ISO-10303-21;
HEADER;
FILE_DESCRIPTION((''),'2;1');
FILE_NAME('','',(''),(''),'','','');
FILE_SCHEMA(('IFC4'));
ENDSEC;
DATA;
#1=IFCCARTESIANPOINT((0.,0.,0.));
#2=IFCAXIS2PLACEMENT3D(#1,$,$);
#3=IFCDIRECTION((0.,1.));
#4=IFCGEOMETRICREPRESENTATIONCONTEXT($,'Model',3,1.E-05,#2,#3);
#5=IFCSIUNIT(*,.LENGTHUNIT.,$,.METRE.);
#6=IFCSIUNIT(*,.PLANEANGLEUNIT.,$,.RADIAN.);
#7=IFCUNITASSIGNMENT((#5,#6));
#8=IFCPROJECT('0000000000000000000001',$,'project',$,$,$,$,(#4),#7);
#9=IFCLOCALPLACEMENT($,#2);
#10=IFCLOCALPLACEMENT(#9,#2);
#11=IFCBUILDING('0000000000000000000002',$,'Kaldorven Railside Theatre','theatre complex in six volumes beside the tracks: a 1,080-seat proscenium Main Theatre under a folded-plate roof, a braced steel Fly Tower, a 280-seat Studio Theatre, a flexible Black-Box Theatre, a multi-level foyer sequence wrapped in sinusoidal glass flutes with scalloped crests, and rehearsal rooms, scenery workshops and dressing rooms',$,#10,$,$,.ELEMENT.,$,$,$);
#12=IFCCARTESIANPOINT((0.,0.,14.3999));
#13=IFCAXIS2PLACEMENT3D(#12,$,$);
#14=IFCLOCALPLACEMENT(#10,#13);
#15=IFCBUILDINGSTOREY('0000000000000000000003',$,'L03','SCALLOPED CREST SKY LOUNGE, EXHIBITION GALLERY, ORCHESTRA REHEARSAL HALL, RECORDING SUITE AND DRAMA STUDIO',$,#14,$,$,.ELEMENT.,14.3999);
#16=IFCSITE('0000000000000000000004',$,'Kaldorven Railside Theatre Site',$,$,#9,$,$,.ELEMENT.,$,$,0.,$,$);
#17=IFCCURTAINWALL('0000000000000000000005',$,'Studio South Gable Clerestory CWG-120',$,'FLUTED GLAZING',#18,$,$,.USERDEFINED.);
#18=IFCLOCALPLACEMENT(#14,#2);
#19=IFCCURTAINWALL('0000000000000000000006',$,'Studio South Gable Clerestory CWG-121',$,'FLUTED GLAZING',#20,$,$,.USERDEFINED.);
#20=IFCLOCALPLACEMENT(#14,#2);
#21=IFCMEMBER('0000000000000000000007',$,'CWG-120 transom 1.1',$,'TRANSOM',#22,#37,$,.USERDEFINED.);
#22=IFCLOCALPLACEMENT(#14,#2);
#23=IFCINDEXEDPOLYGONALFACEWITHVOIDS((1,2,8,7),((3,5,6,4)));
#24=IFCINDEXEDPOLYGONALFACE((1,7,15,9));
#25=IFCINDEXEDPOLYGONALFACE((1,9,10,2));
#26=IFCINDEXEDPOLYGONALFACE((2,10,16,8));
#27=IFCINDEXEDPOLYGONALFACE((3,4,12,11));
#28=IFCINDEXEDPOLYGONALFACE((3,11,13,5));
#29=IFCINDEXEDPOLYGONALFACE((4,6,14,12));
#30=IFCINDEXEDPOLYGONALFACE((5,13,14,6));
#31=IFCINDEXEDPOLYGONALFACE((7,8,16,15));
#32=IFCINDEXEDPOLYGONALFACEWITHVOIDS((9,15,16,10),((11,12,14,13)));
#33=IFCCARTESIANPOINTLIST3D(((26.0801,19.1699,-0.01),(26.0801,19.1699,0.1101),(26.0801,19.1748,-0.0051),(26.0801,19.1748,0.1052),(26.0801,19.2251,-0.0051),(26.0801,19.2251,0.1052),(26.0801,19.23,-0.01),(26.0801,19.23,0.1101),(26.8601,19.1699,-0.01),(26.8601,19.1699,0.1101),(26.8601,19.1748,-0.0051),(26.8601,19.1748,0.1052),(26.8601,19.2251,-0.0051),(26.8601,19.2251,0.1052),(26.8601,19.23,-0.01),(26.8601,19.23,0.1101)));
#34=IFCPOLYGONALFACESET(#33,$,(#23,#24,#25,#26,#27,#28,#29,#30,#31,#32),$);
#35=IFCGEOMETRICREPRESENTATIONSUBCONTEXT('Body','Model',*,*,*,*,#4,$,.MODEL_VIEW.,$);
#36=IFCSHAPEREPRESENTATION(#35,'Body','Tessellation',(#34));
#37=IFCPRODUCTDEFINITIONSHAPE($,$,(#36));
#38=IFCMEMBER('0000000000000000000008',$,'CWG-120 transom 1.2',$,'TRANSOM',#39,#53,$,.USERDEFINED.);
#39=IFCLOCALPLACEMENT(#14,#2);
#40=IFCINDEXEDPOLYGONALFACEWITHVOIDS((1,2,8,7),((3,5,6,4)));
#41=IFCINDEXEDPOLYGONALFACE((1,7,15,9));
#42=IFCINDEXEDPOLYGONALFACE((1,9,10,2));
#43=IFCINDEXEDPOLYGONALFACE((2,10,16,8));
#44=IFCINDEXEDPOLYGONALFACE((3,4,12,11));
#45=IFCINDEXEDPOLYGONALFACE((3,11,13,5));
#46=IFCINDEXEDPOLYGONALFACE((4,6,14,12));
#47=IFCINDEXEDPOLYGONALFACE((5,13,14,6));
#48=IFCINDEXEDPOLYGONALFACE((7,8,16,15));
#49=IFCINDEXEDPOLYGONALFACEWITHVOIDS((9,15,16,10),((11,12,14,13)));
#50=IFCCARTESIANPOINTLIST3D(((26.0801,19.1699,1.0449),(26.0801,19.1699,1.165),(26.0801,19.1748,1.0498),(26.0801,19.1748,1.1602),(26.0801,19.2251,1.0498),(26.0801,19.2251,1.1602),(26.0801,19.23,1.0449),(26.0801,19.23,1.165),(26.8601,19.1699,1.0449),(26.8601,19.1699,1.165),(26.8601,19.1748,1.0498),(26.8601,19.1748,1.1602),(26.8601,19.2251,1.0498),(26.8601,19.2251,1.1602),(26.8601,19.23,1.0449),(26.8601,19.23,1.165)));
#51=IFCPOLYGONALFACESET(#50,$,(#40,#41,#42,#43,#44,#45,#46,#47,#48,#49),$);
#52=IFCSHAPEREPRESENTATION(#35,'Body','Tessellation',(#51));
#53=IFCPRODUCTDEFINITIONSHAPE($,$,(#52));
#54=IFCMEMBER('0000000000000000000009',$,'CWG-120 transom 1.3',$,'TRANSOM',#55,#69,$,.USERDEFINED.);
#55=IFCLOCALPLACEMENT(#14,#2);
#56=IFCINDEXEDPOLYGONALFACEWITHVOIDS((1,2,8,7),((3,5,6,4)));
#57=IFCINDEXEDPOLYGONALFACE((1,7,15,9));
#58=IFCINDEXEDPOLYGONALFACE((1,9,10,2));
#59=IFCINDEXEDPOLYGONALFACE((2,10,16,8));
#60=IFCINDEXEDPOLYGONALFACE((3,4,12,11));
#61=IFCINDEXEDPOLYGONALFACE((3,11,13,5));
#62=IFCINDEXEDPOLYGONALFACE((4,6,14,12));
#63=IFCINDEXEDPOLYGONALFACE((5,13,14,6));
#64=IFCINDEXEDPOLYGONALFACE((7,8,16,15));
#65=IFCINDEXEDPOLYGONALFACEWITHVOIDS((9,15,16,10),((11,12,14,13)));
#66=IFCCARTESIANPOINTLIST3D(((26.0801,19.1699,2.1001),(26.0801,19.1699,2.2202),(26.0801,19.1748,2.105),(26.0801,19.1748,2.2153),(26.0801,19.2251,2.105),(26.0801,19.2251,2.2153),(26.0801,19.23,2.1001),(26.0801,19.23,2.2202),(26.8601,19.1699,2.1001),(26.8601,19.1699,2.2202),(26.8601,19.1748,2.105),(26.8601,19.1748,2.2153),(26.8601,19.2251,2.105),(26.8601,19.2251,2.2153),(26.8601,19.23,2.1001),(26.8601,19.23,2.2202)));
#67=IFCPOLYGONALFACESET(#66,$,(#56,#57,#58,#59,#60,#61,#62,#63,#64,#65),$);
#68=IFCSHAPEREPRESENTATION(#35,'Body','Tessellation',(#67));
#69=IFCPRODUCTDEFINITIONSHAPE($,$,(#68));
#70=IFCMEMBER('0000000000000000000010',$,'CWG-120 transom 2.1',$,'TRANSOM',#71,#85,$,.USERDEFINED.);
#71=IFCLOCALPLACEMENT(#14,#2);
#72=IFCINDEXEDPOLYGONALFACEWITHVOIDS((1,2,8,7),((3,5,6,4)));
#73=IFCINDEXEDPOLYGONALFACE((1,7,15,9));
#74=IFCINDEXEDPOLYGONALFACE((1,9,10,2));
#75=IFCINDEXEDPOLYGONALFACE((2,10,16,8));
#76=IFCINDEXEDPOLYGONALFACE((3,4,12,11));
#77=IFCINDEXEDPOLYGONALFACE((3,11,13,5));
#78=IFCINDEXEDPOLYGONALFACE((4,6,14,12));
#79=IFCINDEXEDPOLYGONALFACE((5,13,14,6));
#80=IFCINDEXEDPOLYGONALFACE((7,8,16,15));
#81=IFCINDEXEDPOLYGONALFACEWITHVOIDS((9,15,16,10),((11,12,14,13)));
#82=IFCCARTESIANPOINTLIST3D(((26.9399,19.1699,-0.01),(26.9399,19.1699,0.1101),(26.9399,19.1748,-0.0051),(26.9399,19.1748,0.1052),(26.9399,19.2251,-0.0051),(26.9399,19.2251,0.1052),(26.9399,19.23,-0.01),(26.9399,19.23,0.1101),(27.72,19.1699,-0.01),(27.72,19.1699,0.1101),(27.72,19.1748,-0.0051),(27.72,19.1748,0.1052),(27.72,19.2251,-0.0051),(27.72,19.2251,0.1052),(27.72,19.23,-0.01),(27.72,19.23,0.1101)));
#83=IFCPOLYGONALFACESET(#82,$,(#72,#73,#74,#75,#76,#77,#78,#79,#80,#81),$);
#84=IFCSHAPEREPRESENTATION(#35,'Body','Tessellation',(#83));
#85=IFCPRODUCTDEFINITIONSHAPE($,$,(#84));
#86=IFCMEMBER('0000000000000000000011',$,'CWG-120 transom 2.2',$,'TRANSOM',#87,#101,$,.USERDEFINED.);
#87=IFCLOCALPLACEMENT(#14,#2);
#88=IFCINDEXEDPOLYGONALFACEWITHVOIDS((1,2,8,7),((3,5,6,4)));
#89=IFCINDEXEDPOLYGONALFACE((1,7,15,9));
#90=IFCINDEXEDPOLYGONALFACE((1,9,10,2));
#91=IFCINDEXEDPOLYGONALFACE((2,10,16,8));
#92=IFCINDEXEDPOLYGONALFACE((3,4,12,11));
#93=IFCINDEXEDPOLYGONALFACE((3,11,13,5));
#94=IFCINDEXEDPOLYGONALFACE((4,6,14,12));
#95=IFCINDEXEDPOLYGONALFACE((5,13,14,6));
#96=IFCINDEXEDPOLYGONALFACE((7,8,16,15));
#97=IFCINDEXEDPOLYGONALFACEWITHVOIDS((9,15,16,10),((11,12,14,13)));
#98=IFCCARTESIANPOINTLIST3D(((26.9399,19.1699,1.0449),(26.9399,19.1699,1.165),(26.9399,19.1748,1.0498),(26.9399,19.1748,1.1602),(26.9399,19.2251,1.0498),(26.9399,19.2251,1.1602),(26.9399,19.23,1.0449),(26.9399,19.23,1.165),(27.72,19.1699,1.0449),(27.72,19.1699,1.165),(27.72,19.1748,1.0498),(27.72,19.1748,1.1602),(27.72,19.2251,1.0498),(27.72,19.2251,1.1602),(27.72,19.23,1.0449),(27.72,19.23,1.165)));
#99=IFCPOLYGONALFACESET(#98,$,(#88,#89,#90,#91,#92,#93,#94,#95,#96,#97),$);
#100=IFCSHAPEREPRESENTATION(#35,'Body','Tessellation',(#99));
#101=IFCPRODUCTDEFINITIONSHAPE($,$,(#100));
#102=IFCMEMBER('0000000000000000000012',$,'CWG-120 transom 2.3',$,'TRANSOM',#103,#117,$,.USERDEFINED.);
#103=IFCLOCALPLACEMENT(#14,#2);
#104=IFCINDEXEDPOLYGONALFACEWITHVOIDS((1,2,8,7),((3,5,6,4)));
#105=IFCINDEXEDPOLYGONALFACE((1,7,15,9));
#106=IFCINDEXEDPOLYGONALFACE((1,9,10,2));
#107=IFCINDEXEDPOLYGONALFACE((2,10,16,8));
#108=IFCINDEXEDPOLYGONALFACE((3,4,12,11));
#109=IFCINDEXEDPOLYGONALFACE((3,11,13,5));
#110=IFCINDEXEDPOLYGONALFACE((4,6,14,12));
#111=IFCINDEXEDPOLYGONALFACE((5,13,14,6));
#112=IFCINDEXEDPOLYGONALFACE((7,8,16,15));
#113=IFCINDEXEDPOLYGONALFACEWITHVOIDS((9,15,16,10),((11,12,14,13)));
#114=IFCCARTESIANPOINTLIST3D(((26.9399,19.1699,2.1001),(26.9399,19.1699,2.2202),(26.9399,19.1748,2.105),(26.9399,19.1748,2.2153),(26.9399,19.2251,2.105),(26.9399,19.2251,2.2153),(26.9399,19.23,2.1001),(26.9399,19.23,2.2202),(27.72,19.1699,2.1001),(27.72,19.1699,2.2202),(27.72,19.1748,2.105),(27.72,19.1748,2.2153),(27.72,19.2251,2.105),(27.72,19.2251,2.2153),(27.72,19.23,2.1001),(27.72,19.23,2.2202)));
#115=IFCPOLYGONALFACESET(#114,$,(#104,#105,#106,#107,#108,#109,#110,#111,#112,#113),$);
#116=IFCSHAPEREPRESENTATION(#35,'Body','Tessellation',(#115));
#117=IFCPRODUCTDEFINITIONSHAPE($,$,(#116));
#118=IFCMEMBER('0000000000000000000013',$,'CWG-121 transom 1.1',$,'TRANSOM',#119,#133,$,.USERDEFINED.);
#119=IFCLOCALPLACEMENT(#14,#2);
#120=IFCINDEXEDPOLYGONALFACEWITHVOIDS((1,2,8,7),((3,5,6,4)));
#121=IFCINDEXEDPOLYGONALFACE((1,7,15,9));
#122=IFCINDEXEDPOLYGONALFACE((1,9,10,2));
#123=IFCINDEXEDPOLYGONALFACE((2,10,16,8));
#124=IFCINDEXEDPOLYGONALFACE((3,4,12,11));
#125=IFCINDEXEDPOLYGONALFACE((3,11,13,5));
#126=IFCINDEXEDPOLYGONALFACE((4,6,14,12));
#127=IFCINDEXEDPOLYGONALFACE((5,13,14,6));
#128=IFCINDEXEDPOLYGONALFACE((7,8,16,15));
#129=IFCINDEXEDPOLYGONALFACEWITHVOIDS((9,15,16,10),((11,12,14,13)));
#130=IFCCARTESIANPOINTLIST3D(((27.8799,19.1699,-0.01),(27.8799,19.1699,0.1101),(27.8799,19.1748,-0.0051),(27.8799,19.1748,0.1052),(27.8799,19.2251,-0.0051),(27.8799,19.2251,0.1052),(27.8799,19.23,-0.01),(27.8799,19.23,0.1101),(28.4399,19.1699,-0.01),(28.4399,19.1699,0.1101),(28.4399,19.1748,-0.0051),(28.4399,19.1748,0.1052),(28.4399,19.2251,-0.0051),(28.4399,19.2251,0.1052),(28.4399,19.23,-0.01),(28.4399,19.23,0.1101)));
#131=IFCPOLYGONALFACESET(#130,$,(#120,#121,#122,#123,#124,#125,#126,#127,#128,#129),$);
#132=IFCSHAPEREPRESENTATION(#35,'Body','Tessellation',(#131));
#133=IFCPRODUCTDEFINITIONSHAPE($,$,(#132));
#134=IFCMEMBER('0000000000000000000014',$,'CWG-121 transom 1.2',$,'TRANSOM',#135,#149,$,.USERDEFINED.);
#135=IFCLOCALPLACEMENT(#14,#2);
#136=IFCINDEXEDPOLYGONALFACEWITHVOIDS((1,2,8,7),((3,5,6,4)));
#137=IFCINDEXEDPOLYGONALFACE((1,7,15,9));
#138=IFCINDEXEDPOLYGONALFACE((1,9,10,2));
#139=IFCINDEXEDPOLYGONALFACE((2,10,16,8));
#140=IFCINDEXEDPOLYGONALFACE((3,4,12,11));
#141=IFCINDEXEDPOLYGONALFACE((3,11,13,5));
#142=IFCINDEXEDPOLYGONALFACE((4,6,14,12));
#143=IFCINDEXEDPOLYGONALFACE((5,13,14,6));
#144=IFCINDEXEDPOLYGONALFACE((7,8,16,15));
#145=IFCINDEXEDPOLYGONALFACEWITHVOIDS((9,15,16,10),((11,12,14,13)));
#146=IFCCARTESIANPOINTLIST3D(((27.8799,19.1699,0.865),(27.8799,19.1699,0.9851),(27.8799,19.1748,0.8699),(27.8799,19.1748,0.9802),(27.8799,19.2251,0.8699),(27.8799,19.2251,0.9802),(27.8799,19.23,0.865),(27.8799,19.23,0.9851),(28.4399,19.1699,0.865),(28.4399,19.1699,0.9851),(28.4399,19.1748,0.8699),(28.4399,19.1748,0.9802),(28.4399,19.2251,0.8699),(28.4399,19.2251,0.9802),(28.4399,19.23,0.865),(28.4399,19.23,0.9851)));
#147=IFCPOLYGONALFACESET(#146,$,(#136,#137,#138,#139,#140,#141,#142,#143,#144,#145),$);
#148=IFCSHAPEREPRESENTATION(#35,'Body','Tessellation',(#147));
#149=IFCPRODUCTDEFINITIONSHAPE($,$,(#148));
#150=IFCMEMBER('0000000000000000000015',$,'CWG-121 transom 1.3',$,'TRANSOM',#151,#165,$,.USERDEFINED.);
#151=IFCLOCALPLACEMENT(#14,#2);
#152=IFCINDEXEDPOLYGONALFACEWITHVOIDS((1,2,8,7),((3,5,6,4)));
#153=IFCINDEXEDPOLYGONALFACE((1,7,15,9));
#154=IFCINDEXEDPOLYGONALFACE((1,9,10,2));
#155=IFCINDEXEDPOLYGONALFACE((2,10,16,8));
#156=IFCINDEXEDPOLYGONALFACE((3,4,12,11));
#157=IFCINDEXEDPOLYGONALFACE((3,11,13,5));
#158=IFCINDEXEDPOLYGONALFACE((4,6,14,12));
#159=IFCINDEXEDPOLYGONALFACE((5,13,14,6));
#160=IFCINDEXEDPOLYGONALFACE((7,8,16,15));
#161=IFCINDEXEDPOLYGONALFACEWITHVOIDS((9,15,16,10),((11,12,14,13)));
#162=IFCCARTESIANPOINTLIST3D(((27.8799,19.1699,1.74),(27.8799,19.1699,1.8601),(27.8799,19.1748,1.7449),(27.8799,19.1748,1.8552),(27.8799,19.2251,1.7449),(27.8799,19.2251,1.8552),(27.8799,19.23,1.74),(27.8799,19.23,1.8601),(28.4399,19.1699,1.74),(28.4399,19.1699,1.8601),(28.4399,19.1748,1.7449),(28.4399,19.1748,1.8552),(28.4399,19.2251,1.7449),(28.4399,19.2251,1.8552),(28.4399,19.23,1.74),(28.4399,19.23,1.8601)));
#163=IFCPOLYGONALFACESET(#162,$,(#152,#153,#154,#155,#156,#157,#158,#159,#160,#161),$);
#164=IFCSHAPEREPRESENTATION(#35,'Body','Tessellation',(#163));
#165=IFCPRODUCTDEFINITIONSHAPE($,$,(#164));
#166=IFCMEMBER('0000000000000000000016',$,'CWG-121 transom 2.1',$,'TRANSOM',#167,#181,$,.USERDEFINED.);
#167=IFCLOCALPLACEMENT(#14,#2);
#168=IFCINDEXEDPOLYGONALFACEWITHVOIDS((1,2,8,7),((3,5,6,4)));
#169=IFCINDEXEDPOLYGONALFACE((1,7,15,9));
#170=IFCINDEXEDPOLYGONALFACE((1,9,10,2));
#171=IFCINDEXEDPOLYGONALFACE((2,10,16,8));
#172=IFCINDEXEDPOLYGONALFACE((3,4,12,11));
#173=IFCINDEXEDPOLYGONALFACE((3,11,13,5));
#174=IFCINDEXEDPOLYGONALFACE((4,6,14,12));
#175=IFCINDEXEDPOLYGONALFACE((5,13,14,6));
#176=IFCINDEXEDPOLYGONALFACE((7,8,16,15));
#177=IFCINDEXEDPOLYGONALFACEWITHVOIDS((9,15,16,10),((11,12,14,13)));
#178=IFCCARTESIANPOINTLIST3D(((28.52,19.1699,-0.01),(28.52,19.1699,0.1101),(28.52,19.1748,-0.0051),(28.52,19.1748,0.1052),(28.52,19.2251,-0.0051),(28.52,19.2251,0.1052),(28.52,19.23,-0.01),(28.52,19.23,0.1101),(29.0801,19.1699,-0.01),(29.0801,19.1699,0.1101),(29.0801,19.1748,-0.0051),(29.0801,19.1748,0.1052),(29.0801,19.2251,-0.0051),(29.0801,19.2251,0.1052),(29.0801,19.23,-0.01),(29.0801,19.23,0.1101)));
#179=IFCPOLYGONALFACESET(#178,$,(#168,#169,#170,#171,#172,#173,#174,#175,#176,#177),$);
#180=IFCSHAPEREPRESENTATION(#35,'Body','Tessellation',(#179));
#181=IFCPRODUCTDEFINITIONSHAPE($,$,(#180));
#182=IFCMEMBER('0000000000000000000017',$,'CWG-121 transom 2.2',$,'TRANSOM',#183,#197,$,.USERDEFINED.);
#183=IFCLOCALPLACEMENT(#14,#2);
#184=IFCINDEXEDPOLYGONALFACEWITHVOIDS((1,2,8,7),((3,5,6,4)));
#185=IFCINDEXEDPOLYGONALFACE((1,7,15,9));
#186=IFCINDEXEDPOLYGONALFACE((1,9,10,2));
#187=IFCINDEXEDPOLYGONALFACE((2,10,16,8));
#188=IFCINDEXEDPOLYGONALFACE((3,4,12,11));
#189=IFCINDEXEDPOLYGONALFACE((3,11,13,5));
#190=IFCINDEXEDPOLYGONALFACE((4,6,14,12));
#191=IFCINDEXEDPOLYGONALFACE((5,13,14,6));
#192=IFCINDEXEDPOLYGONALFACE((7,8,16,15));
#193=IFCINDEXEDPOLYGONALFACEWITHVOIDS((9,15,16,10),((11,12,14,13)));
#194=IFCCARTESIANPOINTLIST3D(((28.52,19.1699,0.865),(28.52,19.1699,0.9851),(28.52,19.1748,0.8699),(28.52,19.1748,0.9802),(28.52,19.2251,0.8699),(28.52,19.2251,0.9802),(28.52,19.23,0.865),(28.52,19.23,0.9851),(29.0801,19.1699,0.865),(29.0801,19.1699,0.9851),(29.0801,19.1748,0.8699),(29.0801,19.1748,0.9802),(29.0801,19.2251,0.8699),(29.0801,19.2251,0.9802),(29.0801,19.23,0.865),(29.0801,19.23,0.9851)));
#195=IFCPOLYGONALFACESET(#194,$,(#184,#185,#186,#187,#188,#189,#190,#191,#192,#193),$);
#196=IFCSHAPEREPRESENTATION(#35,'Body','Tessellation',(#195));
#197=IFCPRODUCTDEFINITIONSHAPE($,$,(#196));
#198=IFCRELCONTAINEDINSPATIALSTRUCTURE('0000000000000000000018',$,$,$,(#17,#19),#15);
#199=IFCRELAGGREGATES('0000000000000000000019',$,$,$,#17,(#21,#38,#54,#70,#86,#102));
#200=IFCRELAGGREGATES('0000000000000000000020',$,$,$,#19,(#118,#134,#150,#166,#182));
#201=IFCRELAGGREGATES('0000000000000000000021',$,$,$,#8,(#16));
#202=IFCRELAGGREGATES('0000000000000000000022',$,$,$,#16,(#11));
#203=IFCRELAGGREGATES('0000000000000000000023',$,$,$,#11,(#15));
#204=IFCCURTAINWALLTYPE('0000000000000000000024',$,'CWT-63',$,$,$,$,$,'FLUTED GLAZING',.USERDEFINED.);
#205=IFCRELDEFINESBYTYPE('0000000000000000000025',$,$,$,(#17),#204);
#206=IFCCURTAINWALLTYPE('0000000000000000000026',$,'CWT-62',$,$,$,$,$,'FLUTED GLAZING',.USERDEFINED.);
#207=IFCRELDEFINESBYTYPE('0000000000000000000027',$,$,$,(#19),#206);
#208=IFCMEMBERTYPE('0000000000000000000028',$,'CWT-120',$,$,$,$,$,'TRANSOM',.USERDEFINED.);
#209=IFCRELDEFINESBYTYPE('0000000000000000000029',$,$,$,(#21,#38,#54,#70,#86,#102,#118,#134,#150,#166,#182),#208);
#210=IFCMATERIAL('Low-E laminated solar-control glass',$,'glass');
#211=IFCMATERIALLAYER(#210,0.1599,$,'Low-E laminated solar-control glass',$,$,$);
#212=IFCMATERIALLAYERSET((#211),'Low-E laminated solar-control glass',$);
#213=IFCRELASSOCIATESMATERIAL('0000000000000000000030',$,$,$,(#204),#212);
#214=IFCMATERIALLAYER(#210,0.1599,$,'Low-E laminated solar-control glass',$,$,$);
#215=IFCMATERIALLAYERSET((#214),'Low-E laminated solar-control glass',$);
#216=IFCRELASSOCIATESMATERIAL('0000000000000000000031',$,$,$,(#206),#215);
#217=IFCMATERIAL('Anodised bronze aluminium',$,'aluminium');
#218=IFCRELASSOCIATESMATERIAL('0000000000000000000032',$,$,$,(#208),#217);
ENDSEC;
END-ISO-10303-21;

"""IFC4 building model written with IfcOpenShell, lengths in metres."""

from ifc_helpers import new_model, si_unit, direction, frame, origin, origin_2d, place, context, subcontext, project, spatial, hollow_rectangle, extrude, material, layer, layer_set, material_profile, profile_set, type_object, element, aggregate, save


model = new_model("IFC4")

# Units and contexts
model_context = context("Model", 3, precision=1e-05, world=origin(), true_north=direction((0.0, 1.0)))
body_context = subcontext(model_context, "Body", "Model", "MODEL_VIEW")
ifc_project = project(units=[si_unit("LENGTHUNIT", "METRE"), si_unit("PLANEANGLEUNIT", "RADIAN")], contexts=[model_context])

# Site, building, storey
site_placement = place(None, origin())
site = spatial("IfcSite", under=ifc_project, at=site_placement, Name="Kaldorven Railside Theatre Site", CompositionType="ELEMENT", RefElevation=0.0)
building_placement = place(site_placement, origin())
building = spatial("IfcBuilding", under=site, at=building_placement, Name="Kaldorven Railside Theatre", Description="theatre complex in six volumes beside the tracks: a 1,080-seat proscenium Main Theatre under a folded-plate roof, a braced steel Fly Tower, a 280-seat Studio Theatre, a flexible Black-Box Theatre, a multi-level foyer sequence wrapped in sinusoidal glass flutes with scalloped crests, and rehearsal rooms, scenery workshops and dressing rooms", CompositionType="ELEMENT")
storey_placement = place(building_placement, frame((0.0, 0.0, 14.3999)))
storey = spatial("IfcBuildingStorey", under=building, at=storey_placement, Name="L03", Description="SCALLOPED CREST SKY LOUNGE, EXHIBITION GALLERY, ORCHESTRA REHEARSAL HALL, RECORDING SUITE AND DRAMA STUDIO", CompositionType="ELEMENT", Elevation=14.3999)

# Shared definitions
ifc_material_1 = material(Name="Low-E laminated solar-control glass", Category="glass")
ifc_material_2 = material(Name="Anodised bronze aluminium", Category="aluminium")

# Curtain walls
ifc_layer_1 = layer(ifc_material_1, 0.1599, Name="Low-E laminated solar-control glass")
ifc_layer_set_1 = layer_set([ifc_layer_1], Name="Low-E laminated solar-control glass")
curtain_wall_type_1 = type_object("IfcCurtainWallType", Name="CWT-63", ElementType="FLUTED GLAZING", PredefinedType="USERDEFINED", material=ifc_layer_set_1)
curtain_wall_1_placement = place(storey_placement, origin())
curtain_wall_1 = element("IfcCurtainWall", 1, at=curtain_wall_1_placement, inside=storey, type_object=curtain_wall_type_1, Name="Studio South Gable Clerestory CWG-120", ObjectType="FLUTED GLAZING", PredefinedType="USERDEFINED")
ifc_layer_2 = layer(ifc_material_1, 0.1599, Name="Low-E laminated solar-control glass")
ifc_layer_set_2 = layer_set([ifc_layer_2], Name="Low-E laminated solar-control glass")
curtain_wall_type_2 = type_object("IfcCurtainWallType", Name="CWT-62", ElementType="FLUTED GLAZING", PredefinedType="USERDEFINED", material=ifc_layer_set_2)
curtain_wall_2_placement = place(storey_placement, origin())
curtain_wall_2 = element("IfcCurtainWall", 2, at=curtain_wall_2_placement, inside=storey, type_object=curtain_wall_type_2, Name="Studio South Gable Clerestory CWG-121", ObjectType="FLUTED GLAZING", PredefinedType="USERDEFINED")

# Members
ifc_material_profile_1 = material_profile(ifc_material_2, hollow_rectangle(XDim=0.0601, YDim=0.1201, WallThickness=0.0049, at=origin_2d()), Name="RHS 120x60x5")
ifc_profile_set_1 = profile_set([ifc_material_profile_1], Name="Anodised bronze aluminium")
member_type_1 = type_object("IfcMemberType", Name="CWT-120", ElementType="TRANSOM", PredefinedType="USERDEFINED", material=ifc_profile_set_1)
member_1_placement = place(storey_placement, frame((26.0801, 19.2, 0.05), z_axis=(1.0, 0.0, 0.0), x_axis=(0.0, 1.0, 0.0)))
member_1 = element("IfcMember", 3, at=member_1_placement, type_object=member_type_1, Name="CWG-120 transom 1.1", ObjectType="TRANSOM", PredefinedType="USERDEFINED", context=body_context, shape_type="SweptSolid", body=[
    extrude(hollow_rectangle(XDim=0.0601, YDim=0.1201, WallThickness=0.0049, at=origin_2d()), origin(), (0.0, 0.0, 1.0), 0.78),
])
member_2_placement = place(storey_placement, frame((26.0801, 19.2, 1.105), z_axis=(1.0, 0.0, 0.0), x_axis=(0.0, 1.0, 0.0)))
member_2 = element("IfcMember", 4, at=member_2_placement, type_object=member_type_1, Name="CWG-120 transom 1.2", ObjectType="TRANSOM", PredefinedType="USERDEFINED", context=body_context, shape_type="SweptSolid", body=[
    extrude(hollow_rectangle(XDim=0.0601, YDim=0.1201, WallThickness=0.0049, at=origin_2d()), origin(), (0.0, 0.0, 1.0), 0.78),
])
member_3_placement = place(storey_placement, frame((26.0801, 19.2, 2.1602), z_axis=(1.0, 0.0, 0.0), x_axis=(0.0, 1.0, 0.0)))
member_3 = element("IfcMember", 5, at=member_3_placement, type_object=member_type_1, Name="CWG-120 transom 1.3", ObjectType="TRANSOM", PredefinedType="USERDEFINED", context=body_context, shape_type="SweptSolid", body=[
    extrude(hollow_rectangle(XDim=0.0601, YDim=0.1201, WallThickness=0.0049, at=origin_2d()), origin(), (0.0, 0.0, 1.0), 0.78),
])
member_4_placement = place(storey_placement, frame((26.9399, 19.2, 0.05), z_axis=(1.0, 0.0, 0.0), x_axis=(0.0, 1.0, 0.0)))
member_4 = element("IfcMember", 6, at=member_4_placement, type_object=member_type_1, Name="CWG-120 transom 2.1", ObjectType="TRANSOM", PredefinedType="USERDEFINED", context=body_context, shape_type="SweptSolid", body=[
    extrude(hollow_rectangle(XDim=0.0601, YDim=0.1201, WallThickness=0.0049, at=origin_2d()), origin(), (0.0, 0.0, 1.0), 0.78),
])
member_5_placement = place(storey_placement, frame((26.9399, 19.2, 1.105), z_axis=(1.0, 0.0, 0.0), x_axis=(0.0, 1.0, 0.0)))
member_5 = element("IfcMember", 7, at=member_5_placement, type_object=member_type_1, Name="CWG-120 transom 2.2", ObjectType="TRANSOM", PredefinedType="USERDEFINED", context=body_context, shape_type="SweptSolid", body=[
    extrude(hollow_rectangle(XDim=0.0601, YDim=0.1201, WallThickness=0.0049, at=origin_2d()), origin(), (0.0, 0.0, 1.0), 0.78),
])
member_6_placement = place(storey_placement, frame((26.9399, 19.2, 2.1602), z_axis=(1.0, 0.0, 0.0), x_axis=(0.0, 1.0, 0.0)))
member_6 = element("IfcMember", 8, at=member_6_placement, type_object=member_type_1, Name="CWG-120 transom 2.3", ObjectType="TRANSOM", PredefinedType="USERDEFINED", context=body_context, shape_type="SweptSolid", body=[
    extrude(hollow_rectangle(XDim=0.0601, YDim=0.1201, WallThickness=0.0049, at=origin_2d()), origin(), (0.0, 0.0, 1.0), 0.78),
])
member_7_placement = place(storey_placement, frame((27.8799, 19.2, 0.05), z_axis=(1.0, 0.0, 0.0), x_axis=(0.0, 1.0, 0.0)))
member_7 = element("IfcMember", 9, at=member_7_placement, type_object=member_type_1, Name="CWG-121 transom 1.1", ObjectType="TRANSOM", PredefinedType="USERDEFINED", context=body_context, shape_type="SweptSolid", body=[
    extrude(hollow_rectangle(XDim=0.0601, YDim=0.1201, WallThickness=0.0049, at=origin_2d()), origin(), (0.0, 0.0, 1.0), 0.5601),
])
member_8_placement = place(storey_placement, frame((27.8799, 19.2, 0.925), z_axis=(1.0, 0.0, 0.0), x_axis=(0.0, 1.0, 0.0)))
member_8 = element("IfcMember", 10, at=member_8_placement, type_object=member_type_1, Name="CWG-121 transom 1.2", ObjectType="TRANSOM", PredefinedType="USERDEFINED", context=body_context, shape_type="SweptSolid", body=[
    extrude(hollow_rectangle(XDim=0.0601, YDim=0.1201, WallThickness=0.0049, at=origin_2d()), origin(), (0.0, 0.0, 1.0), 0.5601),
])
member_9_placement = place(storey_placement, frame((27.8799, 19.2, 1.8), z_axis=(1.0, 0.0, 0.0), x_axis=(0.0, 1.0, 0.0)))
member_9 = element("IfcMember", 11, at=member_9_placement, type_object=member_type_1, Name="CWG-121 transom 1.3", ObjectType="TRANSOM", PredefinedType="USERDEFINED", context=body_context, shape_type="SweptSolid", body=[
    extrude(hollow_rectangle(XDim=0.0601, YDim=0.1201, WallThickness=0.0049, at=origin_2d()), origin(), (0.0, 0.0, 1.0), 0.5601),
])
member_10_placement = place(storey_placement, frame((28.52, 19.2, 0.05), z_axis=(1.0, 0.0, 0.0), x_axis=(0.0, 1.0, 0.0)))
member_10 = element("IfcMember", 12, at=member_10_placement, type_object=member_type_1, Name="CWG-121 transom 2.1", ObjectType="TRANSOM", PredefinedType="USERDEFINED", context=body_context, shape_type="SweptSolid", body=[
    extrude(hollow_rectangle(XDim=0.0601, YDim=0.1201, WallThickness=0.0049, at=origin_2d()), origin(), (0.0, 0.0, 1.0), 0.5601),
])
member_11_placement = place(storey_placement, frame((28.52, 19.2, 0.925), z_axis=(1.0, 0.0, 0.0), x_axis=(0.0, 1.0, 0.0)))
member_11 = element("IfcMember", 13, at=member_11_placement, type_object=member_type_1, Name="CWG-121 transom 2.2", ObjectType="TRANSOM", PredefinedType="USERDEFINED", context=body_context, shape_type="SweptSolid", body=[
    extrude(hollow_rectangle(XDim=0.0601, YDim=0.1201, WallThickness=0.0049, at=origin_2d()), origin(), (0.0, 0.0, 1.0), 0.5601),
])

aggregate(curtain_wall_1, [member_1, member_2, member_3, member_4, member_5, member_6])
aggregate(curtain_wall_2, [member_7, member_8, member_9, member_10, member_11])

save(model, "model.ifc")
